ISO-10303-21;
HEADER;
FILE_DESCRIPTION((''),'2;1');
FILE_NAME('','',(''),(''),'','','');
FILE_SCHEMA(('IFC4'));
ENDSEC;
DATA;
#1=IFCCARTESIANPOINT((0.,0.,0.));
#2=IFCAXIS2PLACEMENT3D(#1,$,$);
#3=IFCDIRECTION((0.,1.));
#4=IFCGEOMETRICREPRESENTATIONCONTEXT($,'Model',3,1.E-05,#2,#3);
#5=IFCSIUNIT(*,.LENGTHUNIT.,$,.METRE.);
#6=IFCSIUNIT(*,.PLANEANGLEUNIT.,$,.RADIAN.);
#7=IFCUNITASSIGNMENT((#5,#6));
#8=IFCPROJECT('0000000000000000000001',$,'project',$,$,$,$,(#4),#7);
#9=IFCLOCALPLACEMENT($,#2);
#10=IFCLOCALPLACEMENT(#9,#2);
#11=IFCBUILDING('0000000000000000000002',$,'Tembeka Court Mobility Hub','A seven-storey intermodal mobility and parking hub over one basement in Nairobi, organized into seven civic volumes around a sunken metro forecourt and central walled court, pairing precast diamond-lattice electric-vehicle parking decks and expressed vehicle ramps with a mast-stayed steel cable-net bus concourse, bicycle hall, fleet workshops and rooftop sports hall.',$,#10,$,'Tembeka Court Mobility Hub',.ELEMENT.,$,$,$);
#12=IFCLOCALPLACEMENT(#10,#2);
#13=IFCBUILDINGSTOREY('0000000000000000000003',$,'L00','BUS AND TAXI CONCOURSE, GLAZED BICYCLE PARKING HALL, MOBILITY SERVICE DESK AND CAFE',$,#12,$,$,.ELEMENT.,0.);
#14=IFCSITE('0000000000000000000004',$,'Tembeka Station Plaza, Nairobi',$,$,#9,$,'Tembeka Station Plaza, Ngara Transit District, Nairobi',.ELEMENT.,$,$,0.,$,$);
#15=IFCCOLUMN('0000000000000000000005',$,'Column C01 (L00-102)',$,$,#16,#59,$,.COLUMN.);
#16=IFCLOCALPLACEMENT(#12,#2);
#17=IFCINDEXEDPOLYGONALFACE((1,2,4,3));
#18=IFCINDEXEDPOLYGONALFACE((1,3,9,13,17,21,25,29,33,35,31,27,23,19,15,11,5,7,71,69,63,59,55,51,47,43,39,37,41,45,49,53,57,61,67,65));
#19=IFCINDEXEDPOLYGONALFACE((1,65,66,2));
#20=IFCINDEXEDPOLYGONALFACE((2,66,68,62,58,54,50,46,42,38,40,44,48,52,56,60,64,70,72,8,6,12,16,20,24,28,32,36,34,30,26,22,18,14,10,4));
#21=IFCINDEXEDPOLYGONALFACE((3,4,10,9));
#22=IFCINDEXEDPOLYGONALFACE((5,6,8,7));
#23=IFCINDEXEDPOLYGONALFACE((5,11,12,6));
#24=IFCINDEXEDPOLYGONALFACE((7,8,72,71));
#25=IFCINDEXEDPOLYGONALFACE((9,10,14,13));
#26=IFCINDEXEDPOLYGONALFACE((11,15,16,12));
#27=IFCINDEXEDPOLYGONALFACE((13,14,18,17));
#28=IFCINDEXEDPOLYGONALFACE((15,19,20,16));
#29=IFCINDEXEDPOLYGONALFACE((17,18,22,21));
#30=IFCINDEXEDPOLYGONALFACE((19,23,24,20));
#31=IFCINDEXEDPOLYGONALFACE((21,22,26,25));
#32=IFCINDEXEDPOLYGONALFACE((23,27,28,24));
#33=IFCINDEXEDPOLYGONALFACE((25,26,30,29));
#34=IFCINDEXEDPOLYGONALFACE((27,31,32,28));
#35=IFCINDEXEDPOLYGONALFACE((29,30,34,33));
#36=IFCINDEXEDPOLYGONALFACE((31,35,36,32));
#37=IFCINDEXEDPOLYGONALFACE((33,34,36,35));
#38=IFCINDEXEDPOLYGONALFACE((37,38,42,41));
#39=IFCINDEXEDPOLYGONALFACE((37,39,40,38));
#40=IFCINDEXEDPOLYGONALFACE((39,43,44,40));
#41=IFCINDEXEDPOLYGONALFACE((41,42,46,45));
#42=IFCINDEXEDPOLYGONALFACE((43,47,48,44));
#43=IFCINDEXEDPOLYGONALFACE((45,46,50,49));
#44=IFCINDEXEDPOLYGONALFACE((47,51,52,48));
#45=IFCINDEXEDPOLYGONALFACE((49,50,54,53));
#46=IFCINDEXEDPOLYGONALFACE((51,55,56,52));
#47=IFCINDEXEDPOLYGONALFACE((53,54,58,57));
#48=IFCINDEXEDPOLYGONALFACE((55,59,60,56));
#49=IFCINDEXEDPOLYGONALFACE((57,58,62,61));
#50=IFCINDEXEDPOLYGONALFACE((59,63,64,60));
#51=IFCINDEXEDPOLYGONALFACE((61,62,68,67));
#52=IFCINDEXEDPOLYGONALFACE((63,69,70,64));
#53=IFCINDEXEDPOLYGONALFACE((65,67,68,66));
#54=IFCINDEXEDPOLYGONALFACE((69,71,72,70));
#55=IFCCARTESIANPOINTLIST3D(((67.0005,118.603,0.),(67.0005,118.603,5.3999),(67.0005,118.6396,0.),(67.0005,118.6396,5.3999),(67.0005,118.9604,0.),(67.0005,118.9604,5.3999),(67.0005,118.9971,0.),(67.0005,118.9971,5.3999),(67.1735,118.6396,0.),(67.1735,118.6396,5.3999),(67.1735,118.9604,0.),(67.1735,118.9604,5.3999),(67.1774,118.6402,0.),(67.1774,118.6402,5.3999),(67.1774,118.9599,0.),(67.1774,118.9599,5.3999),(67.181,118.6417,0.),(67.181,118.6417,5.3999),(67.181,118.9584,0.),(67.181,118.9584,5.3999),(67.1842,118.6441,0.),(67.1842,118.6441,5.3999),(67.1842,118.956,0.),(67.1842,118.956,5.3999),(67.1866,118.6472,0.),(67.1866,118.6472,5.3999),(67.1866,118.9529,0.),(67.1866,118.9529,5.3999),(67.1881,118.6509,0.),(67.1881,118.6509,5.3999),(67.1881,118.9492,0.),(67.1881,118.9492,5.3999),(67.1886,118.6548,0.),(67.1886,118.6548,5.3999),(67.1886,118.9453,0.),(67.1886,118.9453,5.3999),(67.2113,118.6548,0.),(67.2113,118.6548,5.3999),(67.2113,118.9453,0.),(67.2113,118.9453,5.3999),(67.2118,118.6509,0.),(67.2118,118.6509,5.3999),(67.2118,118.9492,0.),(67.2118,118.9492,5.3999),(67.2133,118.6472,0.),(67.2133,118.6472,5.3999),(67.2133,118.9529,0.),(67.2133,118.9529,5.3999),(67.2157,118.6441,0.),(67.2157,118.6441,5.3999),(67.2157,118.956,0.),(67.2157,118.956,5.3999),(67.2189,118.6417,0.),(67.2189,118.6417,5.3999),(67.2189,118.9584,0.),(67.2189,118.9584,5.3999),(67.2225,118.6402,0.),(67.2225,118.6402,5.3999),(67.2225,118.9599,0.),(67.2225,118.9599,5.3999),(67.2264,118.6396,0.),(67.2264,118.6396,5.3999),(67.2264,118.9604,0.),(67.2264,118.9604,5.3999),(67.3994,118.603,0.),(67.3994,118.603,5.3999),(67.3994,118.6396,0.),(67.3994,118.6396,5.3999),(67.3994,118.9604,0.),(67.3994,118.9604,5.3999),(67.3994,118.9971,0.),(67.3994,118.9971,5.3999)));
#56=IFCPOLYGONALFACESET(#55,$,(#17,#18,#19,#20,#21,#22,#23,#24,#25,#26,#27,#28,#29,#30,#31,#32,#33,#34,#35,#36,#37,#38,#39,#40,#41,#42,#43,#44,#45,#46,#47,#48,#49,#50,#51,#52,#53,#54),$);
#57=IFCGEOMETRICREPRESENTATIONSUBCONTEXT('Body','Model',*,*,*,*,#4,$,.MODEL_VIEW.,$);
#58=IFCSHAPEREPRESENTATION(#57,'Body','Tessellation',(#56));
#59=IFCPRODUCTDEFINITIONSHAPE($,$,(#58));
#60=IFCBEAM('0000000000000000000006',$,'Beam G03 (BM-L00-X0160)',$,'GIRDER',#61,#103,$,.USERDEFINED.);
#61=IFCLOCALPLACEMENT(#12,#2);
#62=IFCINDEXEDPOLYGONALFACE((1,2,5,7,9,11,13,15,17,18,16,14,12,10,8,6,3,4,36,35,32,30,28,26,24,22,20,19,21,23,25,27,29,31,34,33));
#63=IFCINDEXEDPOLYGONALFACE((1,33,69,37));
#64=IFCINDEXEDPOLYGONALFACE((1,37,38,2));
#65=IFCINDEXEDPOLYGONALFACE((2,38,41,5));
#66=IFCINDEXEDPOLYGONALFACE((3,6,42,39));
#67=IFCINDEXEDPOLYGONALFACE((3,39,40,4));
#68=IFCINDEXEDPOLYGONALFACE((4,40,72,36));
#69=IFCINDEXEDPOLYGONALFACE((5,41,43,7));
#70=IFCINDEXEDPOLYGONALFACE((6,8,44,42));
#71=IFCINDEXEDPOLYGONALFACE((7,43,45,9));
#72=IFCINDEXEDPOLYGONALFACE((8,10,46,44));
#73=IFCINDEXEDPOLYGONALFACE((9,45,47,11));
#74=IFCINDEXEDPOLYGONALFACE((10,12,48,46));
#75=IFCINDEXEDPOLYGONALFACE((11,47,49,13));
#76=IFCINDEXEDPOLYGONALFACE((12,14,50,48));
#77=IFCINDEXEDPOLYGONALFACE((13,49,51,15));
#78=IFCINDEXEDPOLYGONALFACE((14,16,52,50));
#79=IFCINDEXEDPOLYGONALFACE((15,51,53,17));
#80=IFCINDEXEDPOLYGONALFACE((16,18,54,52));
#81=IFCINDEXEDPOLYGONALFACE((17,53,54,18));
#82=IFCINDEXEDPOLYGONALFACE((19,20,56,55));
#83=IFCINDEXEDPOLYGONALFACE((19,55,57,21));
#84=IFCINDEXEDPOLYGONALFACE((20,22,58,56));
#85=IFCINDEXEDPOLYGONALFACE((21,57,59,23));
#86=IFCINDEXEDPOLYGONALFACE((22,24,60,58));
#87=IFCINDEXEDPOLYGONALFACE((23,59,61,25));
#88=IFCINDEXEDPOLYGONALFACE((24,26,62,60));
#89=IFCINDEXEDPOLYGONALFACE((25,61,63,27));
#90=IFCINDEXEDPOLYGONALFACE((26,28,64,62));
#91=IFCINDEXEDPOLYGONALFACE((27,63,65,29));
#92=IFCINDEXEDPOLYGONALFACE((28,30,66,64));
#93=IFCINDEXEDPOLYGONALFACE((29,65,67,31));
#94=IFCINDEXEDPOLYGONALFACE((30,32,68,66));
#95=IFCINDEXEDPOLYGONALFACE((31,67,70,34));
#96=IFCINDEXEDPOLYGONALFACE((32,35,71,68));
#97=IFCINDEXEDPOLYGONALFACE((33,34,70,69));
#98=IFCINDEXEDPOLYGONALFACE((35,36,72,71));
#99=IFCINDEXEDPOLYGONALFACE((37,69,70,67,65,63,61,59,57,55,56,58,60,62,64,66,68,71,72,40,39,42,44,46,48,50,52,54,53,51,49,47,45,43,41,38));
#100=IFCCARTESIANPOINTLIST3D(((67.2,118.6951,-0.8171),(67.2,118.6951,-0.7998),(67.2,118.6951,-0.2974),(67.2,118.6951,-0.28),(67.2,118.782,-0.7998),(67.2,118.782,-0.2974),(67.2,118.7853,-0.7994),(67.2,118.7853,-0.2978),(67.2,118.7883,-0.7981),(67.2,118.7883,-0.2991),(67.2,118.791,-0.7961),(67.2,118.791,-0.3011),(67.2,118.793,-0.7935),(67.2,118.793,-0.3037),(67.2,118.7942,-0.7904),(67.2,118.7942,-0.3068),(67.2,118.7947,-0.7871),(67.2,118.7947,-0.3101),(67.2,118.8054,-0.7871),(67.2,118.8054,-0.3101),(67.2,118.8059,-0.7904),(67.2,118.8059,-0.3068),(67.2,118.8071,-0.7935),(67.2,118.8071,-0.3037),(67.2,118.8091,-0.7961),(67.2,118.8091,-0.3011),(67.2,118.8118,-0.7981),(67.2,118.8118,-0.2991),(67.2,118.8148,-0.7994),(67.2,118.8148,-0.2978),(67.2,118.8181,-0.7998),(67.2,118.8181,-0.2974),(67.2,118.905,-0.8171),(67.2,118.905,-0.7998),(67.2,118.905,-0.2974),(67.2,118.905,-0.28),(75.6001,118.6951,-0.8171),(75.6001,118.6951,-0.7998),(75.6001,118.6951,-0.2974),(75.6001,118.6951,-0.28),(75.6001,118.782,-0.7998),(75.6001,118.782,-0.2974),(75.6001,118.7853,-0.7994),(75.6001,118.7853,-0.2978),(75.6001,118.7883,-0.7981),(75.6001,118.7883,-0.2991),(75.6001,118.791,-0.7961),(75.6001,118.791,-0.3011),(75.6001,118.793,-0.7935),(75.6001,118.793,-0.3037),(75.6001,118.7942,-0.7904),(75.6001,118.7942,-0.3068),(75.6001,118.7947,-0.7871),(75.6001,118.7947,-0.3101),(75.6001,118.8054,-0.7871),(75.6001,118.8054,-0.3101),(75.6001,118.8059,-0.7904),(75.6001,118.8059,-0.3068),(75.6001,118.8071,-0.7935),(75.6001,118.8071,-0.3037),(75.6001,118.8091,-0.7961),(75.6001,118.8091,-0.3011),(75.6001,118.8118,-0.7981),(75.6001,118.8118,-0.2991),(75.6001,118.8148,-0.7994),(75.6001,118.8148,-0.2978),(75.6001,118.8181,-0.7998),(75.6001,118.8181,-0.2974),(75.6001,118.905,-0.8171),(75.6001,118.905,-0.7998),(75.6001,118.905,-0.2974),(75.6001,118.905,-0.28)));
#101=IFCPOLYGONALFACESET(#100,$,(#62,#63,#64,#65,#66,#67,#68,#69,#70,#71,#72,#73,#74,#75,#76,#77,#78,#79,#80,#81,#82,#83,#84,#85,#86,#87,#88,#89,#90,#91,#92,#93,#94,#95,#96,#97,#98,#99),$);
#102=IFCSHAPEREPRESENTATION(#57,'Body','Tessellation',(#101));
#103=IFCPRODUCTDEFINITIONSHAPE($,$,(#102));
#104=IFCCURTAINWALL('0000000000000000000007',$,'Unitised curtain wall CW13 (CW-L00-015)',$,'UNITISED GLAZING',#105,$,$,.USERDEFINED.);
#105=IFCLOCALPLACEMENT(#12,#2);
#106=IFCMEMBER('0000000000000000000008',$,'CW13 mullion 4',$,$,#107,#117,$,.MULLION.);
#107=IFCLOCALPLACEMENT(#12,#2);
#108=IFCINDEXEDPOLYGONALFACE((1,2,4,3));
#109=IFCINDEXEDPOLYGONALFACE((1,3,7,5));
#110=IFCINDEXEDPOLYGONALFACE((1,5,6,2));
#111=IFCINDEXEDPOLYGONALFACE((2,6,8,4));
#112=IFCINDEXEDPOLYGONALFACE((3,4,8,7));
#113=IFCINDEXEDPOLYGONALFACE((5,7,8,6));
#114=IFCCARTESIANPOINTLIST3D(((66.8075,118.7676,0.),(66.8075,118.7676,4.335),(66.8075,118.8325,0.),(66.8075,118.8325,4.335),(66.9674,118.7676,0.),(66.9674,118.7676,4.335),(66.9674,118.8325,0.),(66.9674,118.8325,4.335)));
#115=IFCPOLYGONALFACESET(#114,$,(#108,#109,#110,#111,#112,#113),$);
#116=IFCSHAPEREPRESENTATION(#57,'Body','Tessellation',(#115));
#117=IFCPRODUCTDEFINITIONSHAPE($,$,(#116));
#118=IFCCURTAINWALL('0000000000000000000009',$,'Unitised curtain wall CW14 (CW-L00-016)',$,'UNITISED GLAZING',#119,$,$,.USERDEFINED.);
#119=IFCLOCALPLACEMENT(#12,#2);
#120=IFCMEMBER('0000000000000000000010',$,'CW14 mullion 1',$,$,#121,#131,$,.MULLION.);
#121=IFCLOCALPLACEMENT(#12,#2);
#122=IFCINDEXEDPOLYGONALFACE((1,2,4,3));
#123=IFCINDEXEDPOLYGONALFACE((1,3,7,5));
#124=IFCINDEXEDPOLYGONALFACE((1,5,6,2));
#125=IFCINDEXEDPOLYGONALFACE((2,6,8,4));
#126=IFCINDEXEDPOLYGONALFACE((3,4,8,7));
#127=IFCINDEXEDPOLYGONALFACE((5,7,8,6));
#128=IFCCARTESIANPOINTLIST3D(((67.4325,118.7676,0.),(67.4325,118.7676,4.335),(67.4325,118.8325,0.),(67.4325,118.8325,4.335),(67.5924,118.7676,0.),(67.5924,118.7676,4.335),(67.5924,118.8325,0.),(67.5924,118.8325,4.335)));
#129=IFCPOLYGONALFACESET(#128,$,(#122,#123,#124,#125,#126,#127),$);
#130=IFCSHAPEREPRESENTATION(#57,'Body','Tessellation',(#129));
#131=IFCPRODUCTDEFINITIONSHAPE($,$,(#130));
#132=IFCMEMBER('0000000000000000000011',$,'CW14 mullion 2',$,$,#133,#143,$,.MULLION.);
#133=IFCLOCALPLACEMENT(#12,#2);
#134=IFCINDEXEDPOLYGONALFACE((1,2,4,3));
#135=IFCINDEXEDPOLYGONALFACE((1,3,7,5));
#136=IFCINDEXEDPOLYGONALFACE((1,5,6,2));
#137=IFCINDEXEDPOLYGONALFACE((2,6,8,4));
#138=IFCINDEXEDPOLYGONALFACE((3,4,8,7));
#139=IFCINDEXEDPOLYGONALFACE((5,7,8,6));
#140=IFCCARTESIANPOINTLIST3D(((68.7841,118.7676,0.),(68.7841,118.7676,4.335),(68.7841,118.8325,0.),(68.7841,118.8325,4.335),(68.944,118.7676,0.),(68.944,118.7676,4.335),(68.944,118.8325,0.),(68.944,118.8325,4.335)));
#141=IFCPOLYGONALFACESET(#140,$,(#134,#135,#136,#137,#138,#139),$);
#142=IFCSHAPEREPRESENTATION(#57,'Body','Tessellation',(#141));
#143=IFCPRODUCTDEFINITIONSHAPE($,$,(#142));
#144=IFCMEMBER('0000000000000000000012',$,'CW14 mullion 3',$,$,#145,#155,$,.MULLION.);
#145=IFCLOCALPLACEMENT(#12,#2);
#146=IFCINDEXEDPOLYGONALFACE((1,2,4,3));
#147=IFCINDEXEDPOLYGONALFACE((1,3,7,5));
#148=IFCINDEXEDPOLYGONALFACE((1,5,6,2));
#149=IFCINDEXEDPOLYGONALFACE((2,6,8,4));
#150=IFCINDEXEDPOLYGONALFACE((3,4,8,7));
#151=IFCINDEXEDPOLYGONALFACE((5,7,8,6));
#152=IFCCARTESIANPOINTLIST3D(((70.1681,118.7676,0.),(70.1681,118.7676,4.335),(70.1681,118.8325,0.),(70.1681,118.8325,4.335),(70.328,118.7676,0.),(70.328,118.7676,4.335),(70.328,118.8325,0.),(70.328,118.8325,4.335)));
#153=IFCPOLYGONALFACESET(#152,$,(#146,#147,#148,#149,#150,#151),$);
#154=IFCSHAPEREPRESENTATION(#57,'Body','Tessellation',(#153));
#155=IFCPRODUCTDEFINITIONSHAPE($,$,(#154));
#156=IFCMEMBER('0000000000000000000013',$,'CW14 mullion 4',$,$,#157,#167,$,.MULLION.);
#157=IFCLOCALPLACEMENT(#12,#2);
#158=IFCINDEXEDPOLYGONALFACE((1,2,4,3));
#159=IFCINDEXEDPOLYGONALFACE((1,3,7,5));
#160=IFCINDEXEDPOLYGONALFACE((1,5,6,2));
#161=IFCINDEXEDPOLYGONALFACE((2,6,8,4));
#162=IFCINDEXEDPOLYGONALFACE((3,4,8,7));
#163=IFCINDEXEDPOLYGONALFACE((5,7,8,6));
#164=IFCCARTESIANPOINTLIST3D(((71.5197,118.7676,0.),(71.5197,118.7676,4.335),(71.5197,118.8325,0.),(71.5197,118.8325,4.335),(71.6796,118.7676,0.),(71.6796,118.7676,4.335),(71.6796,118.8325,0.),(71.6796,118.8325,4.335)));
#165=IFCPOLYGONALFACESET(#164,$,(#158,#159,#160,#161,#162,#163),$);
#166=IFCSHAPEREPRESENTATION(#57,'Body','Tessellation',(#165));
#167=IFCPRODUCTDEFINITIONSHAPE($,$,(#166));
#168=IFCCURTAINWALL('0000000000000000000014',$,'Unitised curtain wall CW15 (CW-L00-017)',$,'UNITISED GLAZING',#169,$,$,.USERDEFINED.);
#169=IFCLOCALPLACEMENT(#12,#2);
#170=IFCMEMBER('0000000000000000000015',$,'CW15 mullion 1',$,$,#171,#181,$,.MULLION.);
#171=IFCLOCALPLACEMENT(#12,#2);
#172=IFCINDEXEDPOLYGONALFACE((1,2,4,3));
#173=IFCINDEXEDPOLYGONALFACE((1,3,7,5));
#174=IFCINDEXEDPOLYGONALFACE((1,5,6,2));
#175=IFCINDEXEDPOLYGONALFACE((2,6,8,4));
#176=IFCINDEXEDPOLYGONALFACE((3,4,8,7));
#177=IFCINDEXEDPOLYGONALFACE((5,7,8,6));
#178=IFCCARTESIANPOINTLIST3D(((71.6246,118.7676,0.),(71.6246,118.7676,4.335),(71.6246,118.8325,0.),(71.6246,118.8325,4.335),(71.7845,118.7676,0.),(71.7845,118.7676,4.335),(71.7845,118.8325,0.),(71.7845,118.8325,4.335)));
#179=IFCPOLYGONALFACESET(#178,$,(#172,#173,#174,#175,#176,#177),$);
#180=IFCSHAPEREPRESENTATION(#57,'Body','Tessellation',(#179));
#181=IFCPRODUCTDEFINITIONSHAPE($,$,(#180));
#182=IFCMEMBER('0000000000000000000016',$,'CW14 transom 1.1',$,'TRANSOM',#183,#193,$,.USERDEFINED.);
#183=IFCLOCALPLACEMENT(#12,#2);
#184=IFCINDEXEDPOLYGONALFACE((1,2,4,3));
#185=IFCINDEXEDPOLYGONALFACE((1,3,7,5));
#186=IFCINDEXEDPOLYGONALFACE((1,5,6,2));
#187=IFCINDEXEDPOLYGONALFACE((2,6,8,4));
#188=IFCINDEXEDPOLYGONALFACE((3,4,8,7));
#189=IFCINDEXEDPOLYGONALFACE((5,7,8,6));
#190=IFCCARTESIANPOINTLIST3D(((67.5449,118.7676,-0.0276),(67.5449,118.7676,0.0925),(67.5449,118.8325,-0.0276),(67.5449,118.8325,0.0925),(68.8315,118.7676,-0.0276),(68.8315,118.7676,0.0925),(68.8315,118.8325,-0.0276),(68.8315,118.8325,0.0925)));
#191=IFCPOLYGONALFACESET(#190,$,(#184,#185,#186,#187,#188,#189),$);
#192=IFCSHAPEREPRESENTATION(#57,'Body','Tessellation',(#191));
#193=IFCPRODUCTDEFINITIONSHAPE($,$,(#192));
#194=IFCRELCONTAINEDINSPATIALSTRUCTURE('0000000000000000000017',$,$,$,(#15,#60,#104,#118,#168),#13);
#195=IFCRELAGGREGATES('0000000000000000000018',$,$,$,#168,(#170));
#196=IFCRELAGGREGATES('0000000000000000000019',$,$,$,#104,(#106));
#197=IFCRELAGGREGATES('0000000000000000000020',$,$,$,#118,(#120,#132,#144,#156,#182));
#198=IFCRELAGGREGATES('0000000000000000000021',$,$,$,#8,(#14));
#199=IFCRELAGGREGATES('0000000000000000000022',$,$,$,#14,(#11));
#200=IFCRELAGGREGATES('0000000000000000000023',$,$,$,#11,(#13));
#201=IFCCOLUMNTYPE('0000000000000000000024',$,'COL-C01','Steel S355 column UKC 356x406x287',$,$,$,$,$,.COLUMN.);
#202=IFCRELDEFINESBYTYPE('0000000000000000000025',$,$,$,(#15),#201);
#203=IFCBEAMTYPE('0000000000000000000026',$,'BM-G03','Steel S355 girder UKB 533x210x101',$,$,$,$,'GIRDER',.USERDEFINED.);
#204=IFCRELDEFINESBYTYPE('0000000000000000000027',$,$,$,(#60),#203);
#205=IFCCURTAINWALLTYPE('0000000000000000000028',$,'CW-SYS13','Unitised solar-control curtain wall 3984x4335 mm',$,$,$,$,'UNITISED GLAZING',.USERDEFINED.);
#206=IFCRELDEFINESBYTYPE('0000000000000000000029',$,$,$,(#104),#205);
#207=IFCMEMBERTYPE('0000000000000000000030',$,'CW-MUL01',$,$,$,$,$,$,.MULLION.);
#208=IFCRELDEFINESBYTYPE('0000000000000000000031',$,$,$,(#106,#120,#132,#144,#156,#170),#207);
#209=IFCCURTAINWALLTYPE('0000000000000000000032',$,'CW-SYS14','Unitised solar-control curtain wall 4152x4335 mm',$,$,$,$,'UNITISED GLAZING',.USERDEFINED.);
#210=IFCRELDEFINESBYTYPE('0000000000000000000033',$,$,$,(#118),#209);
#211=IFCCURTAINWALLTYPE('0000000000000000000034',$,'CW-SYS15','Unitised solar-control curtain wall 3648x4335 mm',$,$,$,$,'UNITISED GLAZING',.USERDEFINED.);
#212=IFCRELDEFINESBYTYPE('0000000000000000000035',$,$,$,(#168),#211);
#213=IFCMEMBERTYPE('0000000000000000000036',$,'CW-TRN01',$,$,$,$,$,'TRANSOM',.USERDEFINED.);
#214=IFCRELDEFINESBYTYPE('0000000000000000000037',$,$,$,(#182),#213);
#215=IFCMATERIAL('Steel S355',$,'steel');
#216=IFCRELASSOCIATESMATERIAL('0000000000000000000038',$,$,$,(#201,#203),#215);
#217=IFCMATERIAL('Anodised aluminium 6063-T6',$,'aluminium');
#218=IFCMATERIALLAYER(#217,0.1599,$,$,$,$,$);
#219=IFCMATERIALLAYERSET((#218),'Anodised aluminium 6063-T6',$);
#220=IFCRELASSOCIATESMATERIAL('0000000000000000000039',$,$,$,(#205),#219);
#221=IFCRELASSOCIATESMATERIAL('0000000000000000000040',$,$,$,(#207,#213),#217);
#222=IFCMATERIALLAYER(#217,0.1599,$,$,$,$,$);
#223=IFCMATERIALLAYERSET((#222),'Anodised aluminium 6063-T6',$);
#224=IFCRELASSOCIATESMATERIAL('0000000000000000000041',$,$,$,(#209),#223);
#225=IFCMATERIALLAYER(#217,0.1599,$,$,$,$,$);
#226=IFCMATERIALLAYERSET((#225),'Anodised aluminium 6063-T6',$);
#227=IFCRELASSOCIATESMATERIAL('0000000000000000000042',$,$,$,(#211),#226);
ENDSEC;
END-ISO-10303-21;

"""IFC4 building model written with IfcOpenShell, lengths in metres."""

from ifc_helpers import new_model, si_unit, direction, frame, origin, origin_2d, place, context, subcontext, project, spatial, rectangle, i_section, extrude, material, layer, layer_set, material_profile, profile_set, type_object, element, aggregate, save


model = new_model("IFC4")

# Units and contexts
model_context = context("Model", 3, precision=1e-05, world=origin(), true_north=direction((0.0, 1.0)))
body_context = subcontext(model_context, "Body", "Model", "MODEL_VIEW")
ifc_project = project(units=[si_unit("LENGTHUNIT", "METRE"), si_unit("PLANEANGLEUNIT", "RADIAN")], contexts=[model_context])

# Site, building, storey
site_placement = place(None, origin())
site = spatial("IfcSite", under=ifc_project, at=site_placement, Name="Tembeka Station Plaza, Nairobi", LongName="Tembeka Station Plaza, Ngara Transit District, Nairobi", CompositionType="ELEMENT", RefElevation=0.0)
building_placement = place(site_placement, origin())
building = spatial("IfcBuilding", under=site, at=building_placement, Name="Tembeka Court Mobility Hub", Description="A seven-storey intermodal mobility and parking hub over one basement in Nairobi, organized into seven civic volumes around a sunken metro forecourt and central walled court, pairing precast diamond-lattice electric-vehicle parking decks and expressed vehicle ramps with a mast-stayed steel cable-net bus concourse, bicycle hall, fleet workshops and rooftop sports hall.", LongName="Tembeka Court Mobility Hub", CompositionType="ELEMENT")
storey_placement = place(building_placement, origin())
storey = spatial("IfcBuildingStorey", under=building, at=storey_placement, Name="L00", Description="BUS AND TAXI CONCOURSE, GLAZED BICYCLE PARKING HALL, MOBILITY SERVICE DESK AND CAFE", CompositionType="ELEMENT", Elevation=0.0)

# Column
ifc_material_1 = material(Name="Steel S355", Category="steel")
ifc_material_profile_1 = material_profile(ifc_material_1, i_section(OverallWidth=0.3989, OverallDepth=0.394, WebThickness=0.0227, FlangeThickness=0.0366, FilletRadius=0.0151, at=origin_2d()), Name="UKC 356x406x287")
ifc_profile_set_1 = profile_set([ifc_material_profile_1], Name="Steel S355")
column_type = type_object("IfcColumnType", Name="COL-C01", Description="Steel S355 column UKC 356x406x287", PredefinedType="COLUMN", material=ifc_profile_set_1)
column_placement = place(storey_placement, frame((67.2, 118.8, 0.0), z_axis=(0.0, 0.0, 1.0), x_axis=(1.0, 0.0, 0.0)))
element("IfcColumn", 1, at=column_placement, inside=storey, type_object=column_type, Name="Column C01 (L00-102)", PredefinedType="COLUMN", context=body_context, shape_type="SweptSolid", body=[
    extrude(i_section(OverallWidth=0.3989, OverallDepth=0.394, WebThickness=0.0227, FlangeThickness=0.0366, FilletRadius=0.0151, at=origin_2d()), origin(), (0.0, 0.0, 1.0), 5.3999),
])

# Beam
ifc_material_profile_2 = material_profile(ifc_material_1, i_section(OverallWidth=0.21, OverallDepth=0.5371, WebThickness=0.0107, FlangeThickness=0.0173, FilletRadius=0.0127, at=origin_2d()), Name="UKB 533x210x101")
ifc_profile_set_2 = profile_set([ifc_material_profile_2], Name="Steel S355")
beam_type = type_object("IfcBeamType", Name="BM-G03", Description="Steel S355 girder UKB 533x210x101", ElementType="GIRDER", PredefinedType="USERDEFINED", material=ifc_profile_set_2)
beam_placement = place(storey_placement, frame((67.2, 118.8, -0.5486), z_axis=(1.0, 0.0, 0.0), x_axis=(0.0, 1.0, 0.0)))
element("IfcBeam", 2, at=beam_placement, inside=storey, type_object=beam_type, Name="Beam G03 (BM-L00-X0160)", ObjectType="GIRDER", PredefinedType="USERDEFINED", context=body_context, shape_type="SweptSolid", body=[
    extrude(i_section(OverallWidth=0.21, OverallDepth=0.5371, WebThickness=0.0107, FlangeThickness=0.0173, FilletRadius=0.0127, at=origin_2d()), origin(), (0.0, 0.0, 1.0), 8.4001),
])

# Curtain wall, member
ifc_material_2 = material(Name="Anodised aluminium 6063-T6", Category="aluminium")
ifc_layer_1 = layer(ifc_material_2, 0.1599)
ifc_layer_set_1 = layer_set([ifc_layer_1], Name="Anodised aluminium 6063-T6")
curtain_wall_type_1 = type_object("IfcCurtainWallType", Name="CW-SYS13", Description="Unitised solar-control curtain wall 3984x4335 mm", ElementType="UNITISED GLAZING", PredefinedType="USERDEFINED", material=ifc_layer_set_1)
curtain_wall_1_placement = place(storey_placement, origin())
curtain_wall_1 = element("IfcCurtainWall", 3, at=curtain_wall_1_placement, inside=storey, type_object=curtain_wall_type_1, Name="Unitised curtain wall CW13 (CW-L00-015)", ObjectType="UNITISED GLAZING", PredefinedType="USERDEFINED")
ifc_material_profile_3 = material_profile(ifc_material_2, rectangle(XDim=0.0649, YDim=0.1599, at=origin_2d()), Name="ALU-MUL 65x160")
ifc_profile_set_3 = profile_set([ifc_material_profile_3], Name="Anodised aluminium 6063-T6")
member_type_1 = type_object("IfcMemberType", Name="CW-MUL01", PredefinedType="MULLION", material=ifc_profile_set_3)
member_1_placement = place(storey_placement, frame((66.8875, 118.8, 0.0), z_axis=(0.0, 0.0, 1.0), x_axis=(0.0, 1.0, 0.0)))
member_1 = element("IfcMember", 4, at=member_1_placement, type_object=member_type_1, Name="CW13 mullion 4", PredefinedType="MULLION", context=body_context, shape_type="SweptSolid", body=[
    extrude(rectangle(XDim=0.0649, YDim=0.1599, at=origin_2d()), origin(), (0.0, 0.0, 1.0), 4.335),
])

# Curtain wall, members
ifc_layer_2 = layer(ifc_material_2, 0.1599)
ifc_layer_set_2 = layer_set([ifc_layer_2], Name="Anodised aluminium 6063-T6")
curtain_wall_type_2 = type_object("IfcCurtainWallType", Name="CW-SYS14", Description="Unitised solar-control curtain wall 4152x4335 mm", ElementType="UNITISED GLAZING", PredefinedType="USERDEFINED", material=ifc_layer_set_2)
curtain_wall_2_placement = place(storey_placement, origin())
curtain_wall_2 = element("IfcCurtainWall", 5, at=curtain_wall_2_placement, inside=storey, type_object=curtain_wall_type_2, Name="Unitised curtain wall CW14 (CW-L00-016)", ObjectType="UNITISED GLAZING", PredefinedType="USERDEFINED")
member_2_placement = place(storey_placement, frame((67.5125, 118.8, 0.0), z_axis=(0.0, 0.0, 1.0), x_axis=(0.0, 1.0, 0.0)))
member_2 = element("IfcMember", 6, at=member_2_placement, type_object=member_type_1, Name="CW14 mullion 1", PredefinedType="MULLION", context=body_context, shape_type="SweptSolid", body=[
    extrude(rectangle(XDim=0.0649, YDim=0.1599, at=origin_2d()), origin(), (0.0, 0.0, 1.0), 4.335),
])
member_3_placement = place(storey_placement, frame((68.864, 118.8, 0.0), z_axis=(0.0, 0.0, 1.0), x_axis=(0.0, 1.0, 0.0)))
member_3 = element("IfcMember", 7, at=member_3_placement, type_object=member_type_1, Name="CW14 mullion 2", PredefinedType="MULLION", context=body_context, shape_type="SweptSolid", body=[
    extrude(rectangle(XDim=0.0649, YDim=0.1599, at=origin_2d()), origin(), (0.0, 0.0, 1.0), 4.335),
])
member_4_placement = place(storey_placement, frame((70.248, 118.8, 0.0), z_axis=(0.0, 0.0, 1.0), x_axis=(0.0, 1.0, 0.0)))
member_4 = element("IfcMember", 8, at=member_4_placement, type_object=member_type_1, Name="CW14 mullion 3", PredefinedType="MULLION", context=body_context, shape_type="SweptSolid", body=[
    extrude(rectangle(XDim=0.0649, YDim=0.1599, at=origin_2d()), origin(), (0.0, 0.0, 1.0), 4.335),
])
member_5_placement = place(storey_placement, frame((71.5996, 118.8, 0.0), z_axis=(0.0, 0.0, 1.0), x_axis=(0.0, 1.0, 0.0)))
member_5 = element("IfcMember", 9, at=member_5_placement, type_object=member_type_1, Name="CW14 mullion 4", PredefinedType="MULLION", context=body_context, shape_type="SweptSolid", body=[
    extrude(rectangle(XDim=0.0649, YDim=0.1599, at=origin_2d()), origin(), (0.0, 0.0, 1.0), 4.335),
])

# Curtain wall, member
ifc_layer_3 = layer(ifc_material_2, 0.1599)
ifc_layer_set_3 = layer_set([ifc_layer_3], Name="Anodised aluminium 6063-T6")
curtain_wall_type_3 = type_object("IfcCurtainWallType", Name="CW-SYS15", Description="Unitised solar-control curtain wall 3648x4335 mm", ElementType="UNITISED GLAZING", PredefinedType="USERDEFINED", material=ifc_layer_set_3)
curtain_wall_3_placement = place(storey_placement, origin())
curtain_wall_3 = element("IfcCurtainWall", 10, at=curtain_wall_3_placement, inside=storey, type_object=curtain_wall_type_3, Name="Unitised curtain wall CW15 (CW-L00-017)", ObjectType="UNITISED GLAZING", PredefinedType="USERDEFINED")
member_6_placement = place(storey_placement, frame((71.7046, 118.8, 0.0), z_axis=(0.0, 0.0, 1.0), x_axis=(0.0, 1.0, 0.0)))
member_6 = element("IfcMember", 11, at=member_6_placement, type_object=member_type_1, Name="CW15 mullion 1", PredefinedType="MULLION", context=body_context, shape_type="SweptSolid", body=[
    extrude(rectangle(XDim=0.0649, YDim=0.1599, at=origin_2d()), origin(), (0.0, 0.0, 1.0), 4.335),
])
aggregate(curtain_wall_3, [member_6])

# Member
ifc_material_profile_4 = material_profile(ifc_material_2, rectangle(XDim=0.0649, YDim=0.1201, at=origin_2d()), Name="ALU-TRN 65x120")
ifc_profile_set_4 = profile_set([ifc_material_profile_4], Name="Anodised aluminium 6063-T6")
member_type_2 = type_object("IfcMemberType", Name="CW-TRN01", ElementType="TRANSOM", PredefinedType="USERDEFINED", material=ifc_profile_set_4)
member_7_placement = place(storey_placement, frame((67.5449, 118.8, 0.0325), z_axis=(1.0, 0.0, 0.0), x_axis=(0.0, 1.0, 0.0)))
member_7 = element("IfcMember", 12, at=member_7_placement, type_object=member_type_2, Name="CW14 transom 1.1", ObjectType="TRANSOM", PredefinedType="USERDEFINED", context=body_context, shape_type="SweptSolid", body=[
    extrude(rectangle(XDim=0.0649, YDim=0.1201, at=origin_2d()), origin(), (0.0, 0.0, 1.0), 1.2866),
])

aggregate(curtain_wall_1, [member_1])
aggregate(curtain_wall_2, [member_2, member_3, member_4, member_5, member_7])

save(model, "model.ifc")
